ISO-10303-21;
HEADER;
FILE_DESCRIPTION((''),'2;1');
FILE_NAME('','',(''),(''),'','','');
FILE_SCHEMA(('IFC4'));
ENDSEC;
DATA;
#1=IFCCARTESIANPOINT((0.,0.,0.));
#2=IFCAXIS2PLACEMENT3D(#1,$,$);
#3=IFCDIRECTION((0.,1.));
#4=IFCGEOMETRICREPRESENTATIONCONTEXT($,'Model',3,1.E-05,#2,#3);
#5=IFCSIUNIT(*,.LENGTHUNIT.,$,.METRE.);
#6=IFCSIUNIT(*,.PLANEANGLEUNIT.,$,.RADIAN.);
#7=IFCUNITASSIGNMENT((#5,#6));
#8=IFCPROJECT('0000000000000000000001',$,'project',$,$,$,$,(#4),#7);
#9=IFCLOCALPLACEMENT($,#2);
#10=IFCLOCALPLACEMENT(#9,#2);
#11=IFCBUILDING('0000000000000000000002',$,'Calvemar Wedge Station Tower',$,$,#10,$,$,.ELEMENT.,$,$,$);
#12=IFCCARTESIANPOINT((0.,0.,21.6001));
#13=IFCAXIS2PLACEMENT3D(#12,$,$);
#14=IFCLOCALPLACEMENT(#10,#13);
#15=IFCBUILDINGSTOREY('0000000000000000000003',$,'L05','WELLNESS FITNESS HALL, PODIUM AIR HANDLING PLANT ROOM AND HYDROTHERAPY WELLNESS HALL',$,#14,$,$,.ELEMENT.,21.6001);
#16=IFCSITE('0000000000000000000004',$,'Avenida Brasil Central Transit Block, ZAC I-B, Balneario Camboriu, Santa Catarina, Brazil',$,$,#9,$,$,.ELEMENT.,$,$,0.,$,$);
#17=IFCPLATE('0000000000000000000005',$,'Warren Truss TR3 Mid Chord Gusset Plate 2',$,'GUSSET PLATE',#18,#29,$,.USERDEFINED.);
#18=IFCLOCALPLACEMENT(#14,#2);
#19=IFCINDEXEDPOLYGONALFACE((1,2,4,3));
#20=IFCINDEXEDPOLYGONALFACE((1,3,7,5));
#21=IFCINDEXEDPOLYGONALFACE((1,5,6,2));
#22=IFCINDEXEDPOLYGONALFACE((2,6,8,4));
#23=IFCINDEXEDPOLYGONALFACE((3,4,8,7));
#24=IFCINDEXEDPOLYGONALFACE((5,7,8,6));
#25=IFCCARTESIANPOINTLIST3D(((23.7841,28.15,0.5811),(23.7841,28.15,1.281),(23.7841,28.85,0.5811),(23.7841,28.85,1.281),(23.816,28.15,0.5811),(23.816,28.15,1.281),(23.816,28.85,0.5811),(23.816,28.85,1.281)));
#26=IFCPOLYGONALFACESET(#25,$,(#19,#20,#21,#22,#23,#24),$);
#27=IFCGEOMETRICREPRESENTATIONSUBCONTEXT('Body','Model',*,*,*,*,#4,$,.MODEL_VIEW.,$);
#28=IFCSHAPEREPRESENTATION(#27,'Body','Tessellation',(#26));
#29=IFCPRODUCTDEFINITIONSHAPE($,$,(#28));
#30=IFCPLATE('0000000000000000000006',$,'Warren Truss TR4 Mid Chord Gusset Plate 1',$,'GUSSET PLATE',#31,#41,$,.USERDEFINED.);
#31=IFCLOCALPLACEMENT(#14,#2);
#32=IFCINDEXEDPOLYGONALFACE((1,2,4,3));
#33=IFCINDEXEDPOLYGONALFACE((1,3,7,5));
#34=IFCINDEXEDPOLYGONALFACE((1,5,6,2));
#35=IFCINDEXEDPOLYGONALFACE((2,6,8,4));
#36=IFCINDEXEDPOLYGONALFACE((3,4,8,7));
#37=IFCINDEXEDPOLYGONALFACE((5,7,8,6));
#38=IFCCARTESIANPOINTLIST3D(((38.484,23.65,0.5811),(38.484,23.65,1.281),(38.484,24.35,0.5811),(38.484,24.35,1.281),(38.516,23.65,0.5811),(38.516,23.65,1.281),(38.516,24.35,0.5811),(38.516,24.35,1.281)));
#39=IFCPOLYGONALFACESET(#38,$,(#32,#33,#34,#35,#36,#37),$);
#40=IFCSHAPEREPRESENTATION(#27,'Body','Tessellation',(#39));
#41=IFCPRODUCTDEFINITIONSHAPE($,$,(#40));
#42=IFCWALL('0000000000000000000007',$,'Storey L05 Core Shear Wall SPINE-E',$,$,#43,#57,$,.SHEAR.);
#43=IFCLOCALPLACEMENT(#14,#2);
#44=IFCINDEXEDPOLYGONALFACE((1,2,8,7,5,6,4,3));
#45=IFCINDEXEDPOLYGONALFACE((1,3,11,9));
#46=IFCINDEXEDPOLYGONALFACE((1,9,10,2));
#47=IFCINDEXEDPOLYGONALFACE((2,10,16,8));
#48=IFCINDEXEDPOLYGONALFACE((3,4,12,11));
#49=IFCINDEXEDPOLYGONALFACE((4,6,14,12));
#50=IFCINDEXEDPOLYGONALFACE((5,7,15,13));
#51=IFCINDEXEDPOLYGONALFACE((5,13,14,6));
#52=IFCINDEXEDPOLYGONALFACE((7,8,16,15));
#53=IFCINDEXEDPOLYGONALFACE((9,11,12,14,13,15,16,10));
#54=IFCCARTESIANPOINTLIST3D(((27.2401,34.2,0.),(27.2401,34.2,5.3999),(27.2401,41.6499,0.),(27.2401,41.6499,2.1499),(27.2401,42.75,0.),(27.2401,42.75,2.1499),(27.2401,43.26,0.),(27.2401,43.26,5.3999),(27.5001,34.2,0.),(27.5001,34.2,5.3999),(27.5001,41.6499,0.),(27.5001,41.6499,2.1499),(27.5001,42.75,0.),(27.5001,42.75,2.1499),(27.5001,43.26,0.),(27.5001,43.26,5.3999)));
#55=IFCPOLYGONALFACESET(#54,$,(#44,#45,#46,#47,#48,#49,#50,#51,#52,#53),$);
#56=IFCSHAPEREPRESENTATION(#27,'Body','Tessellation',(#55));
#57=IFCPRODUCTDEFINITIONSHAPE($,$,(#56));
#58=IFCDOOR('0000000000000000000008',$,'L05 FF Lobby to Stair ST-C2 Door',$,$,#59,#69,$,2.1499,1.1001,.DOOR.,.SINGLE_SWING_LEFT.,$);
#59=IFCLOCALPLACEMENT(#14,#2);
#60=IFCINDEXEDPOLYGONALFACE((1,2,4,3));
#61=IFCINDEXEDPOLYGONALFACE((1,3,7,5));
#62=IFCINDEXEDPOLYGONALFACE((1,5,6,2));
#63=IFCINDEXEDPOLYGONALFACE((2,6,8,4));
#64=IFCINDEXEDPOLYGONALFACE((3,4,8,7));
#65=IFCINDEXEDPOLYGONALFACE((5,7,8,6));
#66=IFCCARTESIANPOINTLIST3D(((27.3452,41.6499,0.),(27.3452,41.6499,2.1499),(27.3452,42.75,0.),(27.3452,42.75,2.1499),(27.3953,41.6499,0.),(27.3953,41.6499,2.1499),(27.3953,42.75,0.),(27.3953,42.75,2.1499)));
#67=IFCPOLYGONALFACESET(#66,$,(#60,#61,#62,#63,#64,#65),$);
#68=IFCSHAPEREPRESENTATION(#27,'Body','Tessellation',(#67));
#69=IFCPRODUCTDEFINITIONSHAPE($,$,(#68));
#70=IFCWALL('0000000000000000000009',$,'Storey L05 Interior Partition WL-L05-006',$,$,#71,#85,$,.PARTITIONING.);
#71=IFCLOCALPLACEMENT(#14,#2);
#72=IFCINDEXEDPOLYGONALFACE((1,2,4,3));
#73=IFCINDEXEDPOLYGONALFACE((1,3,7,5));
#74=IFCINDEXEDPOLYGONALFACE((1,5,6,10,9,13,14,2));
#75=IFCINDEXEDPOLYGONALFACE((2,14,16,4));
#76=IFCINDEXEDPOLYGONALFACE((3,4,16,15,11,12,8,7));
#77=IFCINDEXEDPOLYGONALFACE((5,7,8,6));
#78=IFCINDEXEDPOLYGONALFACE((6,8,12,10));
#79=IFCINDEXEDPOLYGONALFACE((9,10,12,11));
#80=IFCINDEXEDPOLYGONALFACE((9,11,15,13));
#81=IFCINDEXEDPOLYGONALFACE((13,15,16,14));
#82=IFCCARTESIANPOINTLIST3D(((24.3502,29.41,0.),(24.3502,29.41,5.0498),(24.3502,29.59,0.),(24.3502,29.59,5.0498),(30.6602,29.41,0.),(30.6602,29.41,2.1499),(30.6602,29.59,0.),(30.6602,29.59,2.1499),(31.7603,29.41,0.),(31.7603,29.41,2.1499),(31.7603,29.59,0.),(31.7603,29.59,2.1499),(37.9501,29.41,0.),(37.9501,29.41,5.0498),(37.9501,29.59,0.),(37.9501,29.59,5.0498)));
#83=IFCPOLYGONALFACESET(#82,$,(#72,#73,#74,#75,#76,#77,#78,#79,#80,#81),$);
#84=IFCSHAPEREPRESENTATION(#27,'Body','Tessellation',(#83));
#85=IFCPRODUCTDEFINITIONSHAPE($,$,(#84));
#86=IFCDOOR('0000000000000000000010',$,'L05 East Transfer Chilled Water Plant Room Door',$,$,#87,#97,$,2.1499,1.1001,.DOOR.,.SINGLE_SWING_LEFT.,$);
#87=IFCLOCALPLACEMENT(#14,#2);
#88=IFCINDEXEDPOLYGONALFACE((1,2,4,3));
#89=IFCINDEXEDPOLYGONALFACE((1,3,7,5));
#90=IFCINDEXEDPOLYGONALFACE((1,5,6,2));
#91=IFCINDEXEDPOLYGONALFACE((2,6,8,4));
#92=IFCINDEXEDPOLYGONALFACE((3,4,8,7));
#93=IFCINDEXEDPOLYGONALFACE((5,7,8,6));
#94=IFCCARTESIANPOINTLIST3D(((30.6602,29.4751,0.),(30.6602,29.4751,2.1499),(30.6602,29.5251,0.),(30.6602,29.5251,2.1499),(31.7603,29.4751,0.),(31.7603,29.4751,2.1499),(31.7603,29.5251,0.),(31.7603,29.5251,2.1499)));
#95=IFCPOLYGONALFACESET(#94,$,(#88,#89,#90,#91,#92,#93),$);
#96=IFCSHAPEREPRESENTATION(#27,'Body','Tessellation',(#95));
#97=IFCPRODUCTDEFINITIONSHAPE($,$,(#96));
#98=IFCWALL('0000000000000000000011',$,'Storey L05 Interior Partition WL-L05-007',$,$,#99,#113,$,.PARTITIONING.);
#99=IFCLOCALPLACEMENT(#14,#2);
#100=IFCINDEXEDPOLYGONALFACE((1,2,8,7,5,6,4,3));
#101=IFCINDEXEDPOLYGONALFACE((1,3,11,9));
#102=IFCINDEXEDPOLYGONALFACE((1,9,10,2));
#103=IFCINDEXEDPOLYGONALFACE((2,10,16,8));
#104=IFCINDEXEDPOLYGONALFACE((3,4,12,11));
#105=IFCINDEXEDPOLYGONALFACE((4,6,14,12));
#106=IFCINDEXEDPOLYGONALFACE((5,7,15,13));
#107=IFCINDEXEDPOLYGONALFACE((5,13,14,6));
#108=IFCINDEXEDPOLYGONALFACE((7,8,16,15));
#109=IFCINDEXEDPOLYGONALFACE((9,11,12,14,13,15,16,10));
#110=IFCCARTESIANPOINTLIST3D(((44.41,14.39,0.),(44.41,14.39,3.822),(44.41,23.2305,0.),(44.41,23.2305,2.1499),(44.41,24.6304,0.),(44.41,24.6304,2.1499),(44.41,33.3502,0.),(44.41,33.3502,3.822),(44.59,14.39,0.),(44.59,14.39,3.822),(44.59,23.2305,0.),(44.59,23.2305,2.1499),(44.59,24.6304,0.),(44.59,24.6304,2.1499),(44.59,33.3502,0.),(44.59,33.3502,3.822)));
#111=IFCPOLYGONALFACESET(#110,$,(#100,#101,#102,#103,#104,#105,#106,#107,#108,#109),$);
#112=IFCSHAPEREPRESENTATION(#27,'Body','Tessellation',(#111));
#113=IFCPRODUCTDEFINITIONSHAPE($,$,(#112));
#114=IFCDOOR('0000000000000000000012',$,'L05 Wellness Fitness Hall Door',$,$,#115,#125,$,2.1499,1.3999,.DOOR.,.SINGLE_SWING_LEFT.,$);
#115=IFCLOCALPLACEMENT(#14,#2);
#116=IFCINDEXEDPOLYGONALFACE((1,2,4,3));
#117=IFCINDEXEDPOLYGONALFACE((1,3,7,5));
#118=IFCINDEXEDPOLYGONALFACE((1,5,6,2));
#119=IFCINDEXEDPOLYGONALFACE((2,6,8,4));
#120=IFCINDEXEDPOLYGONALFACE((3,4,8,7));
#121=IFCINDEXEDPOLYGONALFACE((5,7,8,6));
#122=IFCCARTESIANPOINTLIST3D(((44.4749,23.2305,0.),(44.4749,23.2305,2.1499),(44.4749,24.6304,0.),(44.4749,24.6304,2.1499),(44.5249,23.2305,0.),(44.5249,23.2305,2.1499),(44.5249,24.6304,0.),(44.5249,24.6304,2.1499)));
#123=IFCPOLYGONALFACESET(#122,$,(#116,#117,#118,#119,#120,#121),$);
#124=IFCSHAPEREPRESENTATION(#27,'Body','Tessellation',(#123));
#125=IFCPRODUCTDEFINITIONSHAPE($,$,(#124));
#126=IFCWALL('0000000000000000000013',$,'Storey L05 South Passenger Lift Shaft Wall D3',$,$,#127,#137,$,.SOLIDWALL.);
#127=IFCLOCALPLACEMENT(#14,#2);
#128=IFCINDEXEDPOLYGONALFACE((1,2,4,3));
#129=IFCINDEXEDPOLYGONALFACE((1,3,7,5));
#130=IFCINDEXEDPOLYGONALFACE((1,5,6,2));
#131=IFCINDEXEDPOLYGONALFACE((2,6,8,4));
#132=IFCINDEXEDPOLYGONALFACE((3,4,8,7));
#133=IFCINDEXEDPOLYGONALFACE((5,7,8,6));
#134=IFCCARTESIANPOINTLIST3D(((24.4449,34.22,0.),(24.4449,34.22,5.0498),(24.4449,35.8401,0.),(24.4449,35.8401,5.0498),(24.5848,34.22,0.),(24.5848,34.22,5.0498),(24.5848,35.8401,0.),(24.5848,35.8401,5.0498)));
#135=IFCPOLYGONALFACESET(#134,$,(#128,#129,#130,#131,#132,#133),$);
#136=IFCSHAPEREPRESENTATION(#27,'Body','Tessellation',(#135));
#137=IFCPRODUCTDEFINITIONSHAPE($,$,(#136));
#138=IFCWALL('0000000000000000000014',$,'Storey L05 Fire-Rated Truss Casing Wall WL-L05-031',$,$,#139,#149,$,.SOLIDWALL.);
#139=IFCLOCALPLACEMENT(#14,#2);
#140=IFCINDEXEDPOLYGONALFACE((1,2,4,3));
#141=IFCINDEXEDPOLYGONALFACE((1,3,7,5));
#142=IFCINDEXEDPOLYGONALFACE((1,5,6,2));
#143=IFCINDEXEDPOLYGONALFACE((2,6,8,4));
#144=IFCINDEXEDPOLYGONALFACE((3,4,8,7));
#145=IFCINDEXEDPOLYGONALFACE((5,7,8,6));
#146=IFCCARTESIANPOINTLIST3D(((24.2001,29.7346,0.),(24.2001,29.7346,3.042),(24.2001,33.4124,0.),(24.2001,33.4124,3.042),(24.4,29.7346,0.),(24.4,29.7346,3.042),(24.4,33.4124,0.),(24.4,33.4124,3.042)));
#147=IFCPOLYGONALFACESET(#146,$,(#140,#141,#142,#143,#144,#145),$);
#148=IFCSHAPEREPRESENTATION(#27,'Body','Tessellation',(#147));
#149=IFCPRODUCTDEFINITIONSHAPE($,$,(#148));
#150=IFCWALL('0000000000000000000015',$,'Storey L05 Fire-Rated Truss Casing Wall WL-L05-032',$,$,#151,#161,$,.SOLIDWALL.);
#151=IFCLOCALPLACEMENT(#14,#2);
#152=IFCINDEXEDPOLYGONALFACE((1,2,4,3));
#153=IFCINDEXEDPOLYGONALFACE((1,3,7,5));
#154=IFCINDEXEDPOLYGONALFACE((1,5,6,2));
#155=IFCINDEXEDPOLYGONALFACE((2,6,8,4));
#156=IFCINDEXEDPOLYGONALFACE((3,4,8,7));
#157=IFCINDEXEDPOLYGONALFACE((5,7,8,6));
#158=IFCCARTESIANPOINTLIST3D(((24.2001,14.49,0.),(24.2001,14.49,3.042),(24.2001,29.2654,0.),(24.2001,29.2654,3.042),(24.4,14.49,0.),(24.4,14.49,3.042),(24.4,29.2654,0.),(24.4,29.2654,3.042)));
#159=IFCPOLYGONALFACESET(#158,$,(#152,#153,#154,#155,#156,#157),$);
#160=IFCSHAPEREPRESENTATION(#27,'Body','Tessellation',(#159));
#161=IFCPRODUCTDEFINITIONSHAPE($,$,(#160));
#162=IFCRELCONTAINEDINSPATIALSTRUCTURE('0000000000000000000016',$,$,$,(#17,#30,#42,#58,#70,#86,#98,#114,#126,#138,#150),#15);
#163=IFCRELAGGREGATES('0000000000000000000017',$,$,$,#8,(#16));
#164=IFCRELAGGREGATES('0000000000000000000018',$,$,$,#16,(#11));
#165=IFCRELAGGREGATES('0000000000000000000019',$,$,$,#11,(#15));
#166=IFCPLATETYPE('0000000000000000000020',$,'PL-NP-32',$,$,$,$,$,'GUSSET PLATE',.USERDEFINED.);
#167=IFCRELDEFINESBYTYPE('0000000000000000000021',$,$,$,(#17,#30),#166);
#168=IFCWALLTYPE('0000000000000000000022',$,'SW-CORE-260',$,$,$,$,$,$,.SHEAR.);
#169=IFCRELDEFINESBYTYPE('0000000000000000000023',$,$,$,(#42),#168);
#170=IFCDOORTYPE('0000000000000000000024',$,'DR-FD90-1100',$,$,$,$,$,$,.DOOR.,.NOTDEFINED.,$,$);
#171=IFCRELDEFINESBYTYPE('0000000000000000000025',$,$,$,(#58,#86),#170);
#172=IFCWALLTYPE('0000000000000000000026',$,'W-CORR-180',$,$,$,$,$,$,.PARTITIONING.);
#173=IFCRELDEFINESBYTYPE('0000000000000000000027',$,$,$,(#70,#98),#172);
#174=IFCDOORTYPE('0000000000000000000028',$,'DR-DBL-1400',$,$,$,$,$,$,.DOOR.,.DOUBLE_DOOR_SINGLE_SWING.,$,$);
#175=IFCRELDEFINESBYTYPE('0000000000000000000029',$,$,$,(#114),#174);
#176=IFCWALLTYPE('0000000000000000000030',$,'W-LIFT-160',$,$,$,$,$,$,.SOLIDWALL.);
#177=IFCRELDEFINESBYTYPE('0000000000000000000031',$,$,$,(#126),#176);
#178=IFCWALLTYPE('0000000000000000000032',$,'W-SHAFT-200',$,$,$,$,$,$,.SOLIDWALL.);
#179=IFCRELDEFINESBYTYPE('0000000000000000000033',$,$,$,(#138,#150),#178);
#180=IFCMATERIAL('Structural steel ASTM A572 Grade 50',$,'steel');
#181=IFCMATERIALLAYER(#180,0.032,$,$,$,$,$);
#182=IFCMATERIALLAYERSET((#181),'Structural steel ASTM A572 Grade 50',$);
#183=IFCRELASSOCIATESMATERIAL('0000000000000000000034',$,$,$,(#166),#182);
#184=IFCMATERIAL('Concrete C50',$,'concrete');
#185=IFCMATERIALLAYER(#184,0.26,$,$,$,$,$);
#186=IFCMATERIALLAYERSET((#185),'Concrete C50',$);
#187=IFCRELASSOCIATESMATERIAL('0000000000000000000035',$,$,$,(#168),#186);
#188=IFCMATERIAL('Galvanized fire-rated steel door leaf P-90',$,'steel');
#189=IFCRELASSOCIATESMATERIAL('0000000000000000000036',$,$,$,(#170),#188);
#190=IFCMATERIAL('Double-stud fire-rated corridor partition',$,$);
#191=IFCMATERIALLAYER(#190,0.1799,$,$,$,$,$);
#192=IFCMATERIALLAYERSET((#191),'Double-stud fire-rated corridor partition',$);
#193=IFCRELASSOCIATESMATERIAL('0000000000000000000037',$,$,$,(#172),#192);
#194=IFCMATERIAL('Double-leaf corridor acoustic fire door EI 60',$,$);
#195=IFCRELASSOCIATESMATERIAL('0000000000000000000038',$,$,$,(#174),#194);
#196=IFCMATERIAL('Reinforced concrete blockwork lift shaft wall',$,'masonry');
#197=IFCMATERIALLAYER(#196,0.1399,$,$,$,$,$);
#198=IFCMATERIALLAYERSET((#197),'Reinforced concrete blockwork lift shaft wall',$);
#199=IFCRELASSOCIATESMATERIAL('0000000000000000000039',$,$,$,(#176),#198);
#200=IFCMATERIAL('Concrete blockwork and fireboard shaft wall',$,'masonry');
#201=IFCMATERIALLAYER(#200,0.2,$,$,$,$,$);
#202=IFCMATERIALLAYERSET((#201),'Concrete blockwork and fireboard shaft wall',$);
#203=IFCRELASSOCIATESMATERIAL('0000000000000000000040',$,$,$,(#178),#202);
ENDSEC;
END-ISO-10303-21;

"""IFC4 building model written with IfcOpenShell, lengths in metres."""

from ifc_helpers import new_model, si_unit, direction, frame, frame_2d, origin, origin_2d, place, context, subcontext, project, spatial, rectangle, extrude, source, transform, mapped, material, layer, layer_set, type_object, element, fill, save


model = new_model("IFC4")

# Units and contexts
model_context = context("Model", 3, precision=1e-05, world=origin(), true_north=direction((0.0, 1.0)))
body_context = subcontext(model_context, "Body", "Model", "MODEL_VIEW")
ifc_project = project(units=[si_unit("LENGTHUNIT", "METRE"), si_unit("PLANEANGLEUNIT", "RADIAN")], contexts=[model_context])

# Site, building, storey
site_placement = place(None, origin())
site = spatial("IfcSite", under=ifc_project, at=site_placement, Name="Avenida Brasil Central Transit Block, ZAC I-B, Balneario Camboriu, Santa Catarina, Brazil", CompositionType="ELEMENT", RefElevation=0.0)
building_placement = place(site_placement, origin())
building = spatial("IfcBuilding", under=site, at=building_placement, Name="Calvemar Wedge Station Tower", CompositionType="ELEMENT")
storey_placement = place(building_placement, frame((0.0, 0.0, 21.6001)))
storey = spatial("IfcBuildingStorey", under=building, at=storey_placement, Name="L05", Description="WELLNESS FITNESS HALL, PODIUM AIR HANDLING PLANT ROOM AND HYDROTHERAPY WELLNESS HALL", CompositionType="ELEMENT", Elevation=21.6001)

# Shared definitions
ifc_material_1 = material(Name="Structural steel ASTM A572 Grade 50", Category="steel")

# Plates
ifc_layer_1 = layer(ifc_material_1, 0.032)
ifc_layer_set_1 = layer_set([ifc_layer_1], Name="Structural steel ASTM A572 Grade 50")
plate_type_1 = type_object("IfcPlateType", Name="PL-NP-32", ElementType="GUSSET PLATE", PredefinedType="USERDEFINED", material=ifc_layer_set_1)
shared_shape_1 = source(origin(), body_context, "Body", "SweptSolid", [
    extrude(rectangle(XDim=0.7, YDim=0.032, at=origin_2d()), origin(), (0.0, 0.0, 1.0), 0.7),
])
for number, where, z_axis, x_axis, name in (
    (1, (23.8, 28.5, 0.5811), (0.0, 0.0, 1.0), (0.0, 1.0, 0.0), "Warren Truss TR3 Mid Chord Gusset Plate 2"),
    (2, (38.5, 24.0, 0.5811), (0.0, 0.0, 1.0), (0.0, 1.0, 0.0), "Warren Truss TR4 Mid Chord Gusset Plate 1"),
):
    element("IfcPlate", number, at=place(storey_placement, frame(where, z_axis=z_axis, x_axis=x_axis)), inside=storey, type_object=plate_type_1, Name=name, ObjectType="GUSSET PLATE", PredefinedType="USERDEFINED", context=body_context, shape_type="MappedRepresentation", body=[
        mapped(shared_shape_1, transform((0.0, 0.0, 0.0), scale=1.0)),
    ])

# Walls, openings, doors
ifc_material_2 = material(Name="Concrete C50", Category="concrete")
ifc_layer_2 = layer(ifc_material_2, 0.26)
ifc_layer_set_2 = layer_set([ifc_layer_2], Name="Concrete C50")
wall_type_1 = type_object("IfcWallType", Name="SW-CORE-260", PredefinedType="SHEAR", material=ifc_layer_set_2)
wall_1_placement = place(storey_placement, frame((27.3701, 34.2, 0.0), z_axis=(0.0, 0.0, 1.0), x_axis=(0.0, 1.0, 0.0)))
wall_1 = element("IfcWall", 3, at=wall_1_placement, inside=storey, type_object=wall_type_1, Name="Storey L05 Core Shear Wall SPINE-E", PredefinedType="SHEAR", context=body_context, shape_type="SweptSolid", body=[
    extrude(rectangle(XDim=9.0601, YDim=0.26, at=frame_2d((4.53, 0.0))), origin(), (0.0, 0.0, 1.0), 5.3999),
])
shared_shape_2 = source(origin(), body_context, "Body", "SweptSolid", [
    extrude(rectangle(XDim=1.1001, YDim=2.1499, at=frame_2d((0.55, 1.075))), frame((0.0, 0.1401, 0.0), z_axis=(0.0, -1.0, 0.0), x_axis=(1.0, 0.0, 0.0)), (0.0, 0.0, 1.0), 0.28),
])
opening_1_placement = place(wall_1_placement, frame((7.45, 0.0, 0.0)))
opening_1 = element("IfcOpeningElement", 4, at=opening_1_placement, cuts=wall_1, PredefinedType="OPENING", context=body_context, shape_type="MappedRepresentation", body=[
    mapped(shared_shape_2, transform((0.0, 0.0, 0.0), scale=1.0)),
])
ifc_material_3 = material(Name="Galvanized fire-rated steel door leaf P-90", Category="steel")
door_type_1 = type_object("IfcDoorType", Name="DR-FD90-1100", OperationType="NOTDEFINED", PredefinedType="DOOR", material=ifc_material_3)
shared_shape_3 = source(origin(), body_context, "Body", "SweptSolid", [
    extrude(rectangle(XDim=1.1001, YDim=2.1499, at=frame_2d((0.55, 1.075))), frame((0.0, 0.0249, 0.0), z_axis=(0.0, -1.0, 0.0), x_axis=(1.0, 0.0, 0.0)), (0.0, 0.0, 1.0), 0.05),
])
door_1_placement = place(opening_1_placement, origin())
door_1 = element("IfcDoor", 5, at=door_1_placement, inside=storey, type_object=door_type_1, Name="L05 FF Lobby to Stair ST-C2 Door", OperationType="SINGLE_SWING_LEFT", OverallHeight=2.1499, OverallWidth=1.1001, PredefinedType="DOOR", context=body_context, shape_type="MappedRepresentation", body=[
    mapped(shared_shape_3, transform((0.0, 0.0, 0.0), scale=1.0)),
])
fill(opening_1, door_1)
ifc_material_4 = material(Name="Double-stud fire-rated corridor partition")
ifc_layer_3 = layer(ifc_material_4, 0.1799)
ifc_layer_set_3 = layer_set([ifc_layer_3], Name="Double-stud fire-rated corridor partition")
wall_type_2 = type_object("IfcWallType", Name="W-CORR-180", PredefinedType="PARTITIONING", material=ifc_layer_set_3)
wall_2_placement = place(storey_placement, frame((37.95, 29.5, 0.0), z_axis=(0.0, 0.0, 1.0), x_axis=(-1.0, 0.0, 0.0)))
wall_2 = element("IfcWall", 6, at=wall_2_placement, inside=storey, type_object=wall_type_2, Name="Storey L05 Interior Partition WL-L05-006", PredefinedType="PARTITIONING", context=body_context, shape_type="SweptSolid", body=[
    extrude(rectangle(XDim=13.5999, YDim=0.1799, at=frame_2d((6.7998, 0.0))), origin(), (0.0, 0.0, 1.0), 5.0498),
])
shared_shape_4 = source(origin(), body_context, "Body", "SweptSolid", [
    extrude(rectangle(XDim=1.1001, YDim=2.1499, at=frame_2d((0.55, 1.075))), frame((0.0, 0.1001, 0.0), z_axis=(0.0, -1.0, 0.0), x_axis=(1.0, 0.0, 0.0)), (0.0, 0.0, 1.0), 0.2),
])
opening_2_placement = place(wall_2_placement, frame((6.1897, 0.0, 0.0)))
opening_2 = element("IfcOpeningElement", 7, at=opening_2_placement, cuts=wall_2, PredefinedType="OPENING", context=body_context, shape_type="MappedRepresentation", body=[
    mapped(shared_shape_4, transform((0.0, 0.0, 0.0), scale=1.0)),
])
door_2_placement = place(opening_2_placement, origin())
door_2 = element("IfcDoor", 8, at=door_2_placement, inside=storey, type_object=door_type_1, Name="L05 East Transfer Chilled Water Plant Room Door", OperationType="SINGLE_SWING_LEFT", OverallHeight=2.1499, OverallWidth=1.1001, PredefinedType="DOOR", context=body_context, shape_type="MappedRepresentation", body=[
    mapped(shared_shape_3, transform((0.0, 0.0, 0.0), scale=1.0)),
])
fill(opening_2, door_2)
wall_3_placement = place(storey_placement, frame((44.5, 33.3501, 0.0), z_axis=(0.0, 0.0, 1.0), x_axis=(0.0, -1.0, 0.0)))
wall_3 = element("IfcWall", 9, at=wall_3_placement, inside=storey, type_object=wall_type_2, Name="Storey L05 Interior Partition WL-L05-007", PredefinedType="PARTITIONING", context=body_context, shape_type="SweptSolid", body=[
    extrude(rectangle(XDim=18.9602, YDim=0.1799, at=frame_2d((9.48, 0.0))), origin(), (0.0, 0.0, 1.0), 3.822),
])
shared_shape_5 = source(origin(), body_context, "Body", "SweptSolid", [
    extrude(rectangle(XDim=1.3999, YDim=2.1499, at=frame_2d((0.7, 1.075))), frame((0.0, 0.1001, 0.0), z_axis=(0.0, -1.0, 0.0), x_axis=(1.0, 0.0, 0.0)), (0.0, 0.0, 1.0), 0.2),
])
opening_3_placement = place(wall_3_placement, frame((8.7197, 0.0, 0.0)))
opening_3 = element("IfcOpeningElement", 10, at=opening_3_placement, cuts=wall_3, PredefinedType="OPENING", context=body_context, shape_type="MappedRepresentation", body=[
    mapped(shared_shape_5, transform((0.0, 0.0, 0.0), scale=1.0)),
])
ifc_material_5 = material(Name="Double-leaf corridor acoustic fire door EI 60")
door_type_2 = type_object("IfcDoorType", Name="DR-DBL-1400", OperationType="DOUBLE_DOOR_SINGLE_SWING", PredefinedType="DOOR", material=ifc_material_5)
shared_shape_6 = source(origin(), body_context, "Body", "SweptSolid", [
    extrude(rectangle(XDim=1.3999, YDim=2.1499, at=frame_2d((0.7, 1.075))), frame((0.0, 0.0249, 0.0), z_axis=(0.0, -1.0, 0.0), x_axis=(1.0, 0.0, 0.0)), (0.0, 0.0, 1.0), 0.05),
])
door_3_placement = place(opening_3_placement, origin())
door_3 = element("IfcDoor", 11, at=door_3_placement, inside=storey, type_object=door_type_2, Name="L05 Wellness Fitness Hall Door", OperationType="SINGLE_SWING_LEFT", OverallHeight=2.1499, OverallWidth=1.3999, PredefinedType="DOOR", context=body_context, shape_type="MappedRepresentation", body=[
    mapped(shared_shape_6, transform((0.0, 0.0, 0.0), scale=1.0)),
])
fill(opening_3, door_3)

# Walls
ifc_material_6 = material(Name="Reinforced concrete blockwork lift shaft wall", Category="masonry")
ifc_layer_4 = layer(ifc_material_6, 0.1399)
ifc_layer_set_4 = layer_set([ifc_layer_4], Name="Reinforced concrete blockwork lift shaft wall")
wall_type_3 = type_object("IfcWallType", Name="W-LIFT-160", PredefinedType="SOLIDWALL", material=ifc_layer_set_4)
wall_4_placement = place(storey_placement, frame((24.5149, 34.22, 0.0), z_axis=(0.0, 0.0, 1.0), x_axis=(0.0, 1.0, 0.0)))
element("IfcWall", 12, at=wall_4_placement, inside=storey, type_object=wall_type_3, Name="Storey L05 South Passenger Lift Shaft Wall D3", PredefinedType="SOLIDWALL", context=body_context, shape_type="SweptSolid", body=[
    extrude(rectangle(XDim=1.6201, YDim=0.1399, at=frame_2d((0.8101, 0.0))), origin(), (0.0, 0.0, 1.0), 5.0498),
])
ifc_material_7 = material(Name="Concrete blockwork and fireboard shaft wall", Category="masonry")
ifc_layer_5 = layer(ifc_material_7, 0.2)
ifc_layer_set_5 = layer_set([ifc_layer_5], Name="Concrete blockwork and fireboard shaft wall")
wall_type_4 = type_object("IfcWallType", Name="W-SHAFT-200", PredefinedType="SOLIDWALL", material=ifc_layer_set_5)
wall_5_placement = place(storey_placement, frame((24.3, 33.4124, 0.0), z_axis=(0.0, 0.0, 1.0), x_axis=(0.0, -1.0, 0.0)))
element("IfcWall", 13, at=wall_5_placement, inside=storey, type_object=wall_type_4, Name="Storey L05 Fire-Rated Truss Casing Wall WL-L05-031", PredefinedType="SOLIDWALL", context=body_context, shape_type="SweptSolid", body=[
    extrude(rectangle(XDim=3.6777, YDim=0.2, at=frame_2d((1.8389, 0.0))), origin(), (0.0, 0.0, 1.0), 3.042),
])
wall_6_placement = place(storey_placement, frame((24.3, 29.2654, 0.0), z_axis=(0.0, 0.0, 1.0), x_axis=(0.0, -1.0, 0.0)))
element("IfcWall", 14, at=wall_6_placement, inside=storey, type_object=wall_type_4, Name="Storey L05 Fire-Rated Truss Casing Wall WL-L05-032", PredefinedType="SOLIDWALL", context=body_context, shape_type="SweptSolid", body=[
    extrude(rectangle(XDim=14.7754, YDim=0.2, at=frame_2d((7.3877, 0.0))), origin(), (0.0, 0.0, 1.0), 3.042),
])

save(model, "model.ifc")
